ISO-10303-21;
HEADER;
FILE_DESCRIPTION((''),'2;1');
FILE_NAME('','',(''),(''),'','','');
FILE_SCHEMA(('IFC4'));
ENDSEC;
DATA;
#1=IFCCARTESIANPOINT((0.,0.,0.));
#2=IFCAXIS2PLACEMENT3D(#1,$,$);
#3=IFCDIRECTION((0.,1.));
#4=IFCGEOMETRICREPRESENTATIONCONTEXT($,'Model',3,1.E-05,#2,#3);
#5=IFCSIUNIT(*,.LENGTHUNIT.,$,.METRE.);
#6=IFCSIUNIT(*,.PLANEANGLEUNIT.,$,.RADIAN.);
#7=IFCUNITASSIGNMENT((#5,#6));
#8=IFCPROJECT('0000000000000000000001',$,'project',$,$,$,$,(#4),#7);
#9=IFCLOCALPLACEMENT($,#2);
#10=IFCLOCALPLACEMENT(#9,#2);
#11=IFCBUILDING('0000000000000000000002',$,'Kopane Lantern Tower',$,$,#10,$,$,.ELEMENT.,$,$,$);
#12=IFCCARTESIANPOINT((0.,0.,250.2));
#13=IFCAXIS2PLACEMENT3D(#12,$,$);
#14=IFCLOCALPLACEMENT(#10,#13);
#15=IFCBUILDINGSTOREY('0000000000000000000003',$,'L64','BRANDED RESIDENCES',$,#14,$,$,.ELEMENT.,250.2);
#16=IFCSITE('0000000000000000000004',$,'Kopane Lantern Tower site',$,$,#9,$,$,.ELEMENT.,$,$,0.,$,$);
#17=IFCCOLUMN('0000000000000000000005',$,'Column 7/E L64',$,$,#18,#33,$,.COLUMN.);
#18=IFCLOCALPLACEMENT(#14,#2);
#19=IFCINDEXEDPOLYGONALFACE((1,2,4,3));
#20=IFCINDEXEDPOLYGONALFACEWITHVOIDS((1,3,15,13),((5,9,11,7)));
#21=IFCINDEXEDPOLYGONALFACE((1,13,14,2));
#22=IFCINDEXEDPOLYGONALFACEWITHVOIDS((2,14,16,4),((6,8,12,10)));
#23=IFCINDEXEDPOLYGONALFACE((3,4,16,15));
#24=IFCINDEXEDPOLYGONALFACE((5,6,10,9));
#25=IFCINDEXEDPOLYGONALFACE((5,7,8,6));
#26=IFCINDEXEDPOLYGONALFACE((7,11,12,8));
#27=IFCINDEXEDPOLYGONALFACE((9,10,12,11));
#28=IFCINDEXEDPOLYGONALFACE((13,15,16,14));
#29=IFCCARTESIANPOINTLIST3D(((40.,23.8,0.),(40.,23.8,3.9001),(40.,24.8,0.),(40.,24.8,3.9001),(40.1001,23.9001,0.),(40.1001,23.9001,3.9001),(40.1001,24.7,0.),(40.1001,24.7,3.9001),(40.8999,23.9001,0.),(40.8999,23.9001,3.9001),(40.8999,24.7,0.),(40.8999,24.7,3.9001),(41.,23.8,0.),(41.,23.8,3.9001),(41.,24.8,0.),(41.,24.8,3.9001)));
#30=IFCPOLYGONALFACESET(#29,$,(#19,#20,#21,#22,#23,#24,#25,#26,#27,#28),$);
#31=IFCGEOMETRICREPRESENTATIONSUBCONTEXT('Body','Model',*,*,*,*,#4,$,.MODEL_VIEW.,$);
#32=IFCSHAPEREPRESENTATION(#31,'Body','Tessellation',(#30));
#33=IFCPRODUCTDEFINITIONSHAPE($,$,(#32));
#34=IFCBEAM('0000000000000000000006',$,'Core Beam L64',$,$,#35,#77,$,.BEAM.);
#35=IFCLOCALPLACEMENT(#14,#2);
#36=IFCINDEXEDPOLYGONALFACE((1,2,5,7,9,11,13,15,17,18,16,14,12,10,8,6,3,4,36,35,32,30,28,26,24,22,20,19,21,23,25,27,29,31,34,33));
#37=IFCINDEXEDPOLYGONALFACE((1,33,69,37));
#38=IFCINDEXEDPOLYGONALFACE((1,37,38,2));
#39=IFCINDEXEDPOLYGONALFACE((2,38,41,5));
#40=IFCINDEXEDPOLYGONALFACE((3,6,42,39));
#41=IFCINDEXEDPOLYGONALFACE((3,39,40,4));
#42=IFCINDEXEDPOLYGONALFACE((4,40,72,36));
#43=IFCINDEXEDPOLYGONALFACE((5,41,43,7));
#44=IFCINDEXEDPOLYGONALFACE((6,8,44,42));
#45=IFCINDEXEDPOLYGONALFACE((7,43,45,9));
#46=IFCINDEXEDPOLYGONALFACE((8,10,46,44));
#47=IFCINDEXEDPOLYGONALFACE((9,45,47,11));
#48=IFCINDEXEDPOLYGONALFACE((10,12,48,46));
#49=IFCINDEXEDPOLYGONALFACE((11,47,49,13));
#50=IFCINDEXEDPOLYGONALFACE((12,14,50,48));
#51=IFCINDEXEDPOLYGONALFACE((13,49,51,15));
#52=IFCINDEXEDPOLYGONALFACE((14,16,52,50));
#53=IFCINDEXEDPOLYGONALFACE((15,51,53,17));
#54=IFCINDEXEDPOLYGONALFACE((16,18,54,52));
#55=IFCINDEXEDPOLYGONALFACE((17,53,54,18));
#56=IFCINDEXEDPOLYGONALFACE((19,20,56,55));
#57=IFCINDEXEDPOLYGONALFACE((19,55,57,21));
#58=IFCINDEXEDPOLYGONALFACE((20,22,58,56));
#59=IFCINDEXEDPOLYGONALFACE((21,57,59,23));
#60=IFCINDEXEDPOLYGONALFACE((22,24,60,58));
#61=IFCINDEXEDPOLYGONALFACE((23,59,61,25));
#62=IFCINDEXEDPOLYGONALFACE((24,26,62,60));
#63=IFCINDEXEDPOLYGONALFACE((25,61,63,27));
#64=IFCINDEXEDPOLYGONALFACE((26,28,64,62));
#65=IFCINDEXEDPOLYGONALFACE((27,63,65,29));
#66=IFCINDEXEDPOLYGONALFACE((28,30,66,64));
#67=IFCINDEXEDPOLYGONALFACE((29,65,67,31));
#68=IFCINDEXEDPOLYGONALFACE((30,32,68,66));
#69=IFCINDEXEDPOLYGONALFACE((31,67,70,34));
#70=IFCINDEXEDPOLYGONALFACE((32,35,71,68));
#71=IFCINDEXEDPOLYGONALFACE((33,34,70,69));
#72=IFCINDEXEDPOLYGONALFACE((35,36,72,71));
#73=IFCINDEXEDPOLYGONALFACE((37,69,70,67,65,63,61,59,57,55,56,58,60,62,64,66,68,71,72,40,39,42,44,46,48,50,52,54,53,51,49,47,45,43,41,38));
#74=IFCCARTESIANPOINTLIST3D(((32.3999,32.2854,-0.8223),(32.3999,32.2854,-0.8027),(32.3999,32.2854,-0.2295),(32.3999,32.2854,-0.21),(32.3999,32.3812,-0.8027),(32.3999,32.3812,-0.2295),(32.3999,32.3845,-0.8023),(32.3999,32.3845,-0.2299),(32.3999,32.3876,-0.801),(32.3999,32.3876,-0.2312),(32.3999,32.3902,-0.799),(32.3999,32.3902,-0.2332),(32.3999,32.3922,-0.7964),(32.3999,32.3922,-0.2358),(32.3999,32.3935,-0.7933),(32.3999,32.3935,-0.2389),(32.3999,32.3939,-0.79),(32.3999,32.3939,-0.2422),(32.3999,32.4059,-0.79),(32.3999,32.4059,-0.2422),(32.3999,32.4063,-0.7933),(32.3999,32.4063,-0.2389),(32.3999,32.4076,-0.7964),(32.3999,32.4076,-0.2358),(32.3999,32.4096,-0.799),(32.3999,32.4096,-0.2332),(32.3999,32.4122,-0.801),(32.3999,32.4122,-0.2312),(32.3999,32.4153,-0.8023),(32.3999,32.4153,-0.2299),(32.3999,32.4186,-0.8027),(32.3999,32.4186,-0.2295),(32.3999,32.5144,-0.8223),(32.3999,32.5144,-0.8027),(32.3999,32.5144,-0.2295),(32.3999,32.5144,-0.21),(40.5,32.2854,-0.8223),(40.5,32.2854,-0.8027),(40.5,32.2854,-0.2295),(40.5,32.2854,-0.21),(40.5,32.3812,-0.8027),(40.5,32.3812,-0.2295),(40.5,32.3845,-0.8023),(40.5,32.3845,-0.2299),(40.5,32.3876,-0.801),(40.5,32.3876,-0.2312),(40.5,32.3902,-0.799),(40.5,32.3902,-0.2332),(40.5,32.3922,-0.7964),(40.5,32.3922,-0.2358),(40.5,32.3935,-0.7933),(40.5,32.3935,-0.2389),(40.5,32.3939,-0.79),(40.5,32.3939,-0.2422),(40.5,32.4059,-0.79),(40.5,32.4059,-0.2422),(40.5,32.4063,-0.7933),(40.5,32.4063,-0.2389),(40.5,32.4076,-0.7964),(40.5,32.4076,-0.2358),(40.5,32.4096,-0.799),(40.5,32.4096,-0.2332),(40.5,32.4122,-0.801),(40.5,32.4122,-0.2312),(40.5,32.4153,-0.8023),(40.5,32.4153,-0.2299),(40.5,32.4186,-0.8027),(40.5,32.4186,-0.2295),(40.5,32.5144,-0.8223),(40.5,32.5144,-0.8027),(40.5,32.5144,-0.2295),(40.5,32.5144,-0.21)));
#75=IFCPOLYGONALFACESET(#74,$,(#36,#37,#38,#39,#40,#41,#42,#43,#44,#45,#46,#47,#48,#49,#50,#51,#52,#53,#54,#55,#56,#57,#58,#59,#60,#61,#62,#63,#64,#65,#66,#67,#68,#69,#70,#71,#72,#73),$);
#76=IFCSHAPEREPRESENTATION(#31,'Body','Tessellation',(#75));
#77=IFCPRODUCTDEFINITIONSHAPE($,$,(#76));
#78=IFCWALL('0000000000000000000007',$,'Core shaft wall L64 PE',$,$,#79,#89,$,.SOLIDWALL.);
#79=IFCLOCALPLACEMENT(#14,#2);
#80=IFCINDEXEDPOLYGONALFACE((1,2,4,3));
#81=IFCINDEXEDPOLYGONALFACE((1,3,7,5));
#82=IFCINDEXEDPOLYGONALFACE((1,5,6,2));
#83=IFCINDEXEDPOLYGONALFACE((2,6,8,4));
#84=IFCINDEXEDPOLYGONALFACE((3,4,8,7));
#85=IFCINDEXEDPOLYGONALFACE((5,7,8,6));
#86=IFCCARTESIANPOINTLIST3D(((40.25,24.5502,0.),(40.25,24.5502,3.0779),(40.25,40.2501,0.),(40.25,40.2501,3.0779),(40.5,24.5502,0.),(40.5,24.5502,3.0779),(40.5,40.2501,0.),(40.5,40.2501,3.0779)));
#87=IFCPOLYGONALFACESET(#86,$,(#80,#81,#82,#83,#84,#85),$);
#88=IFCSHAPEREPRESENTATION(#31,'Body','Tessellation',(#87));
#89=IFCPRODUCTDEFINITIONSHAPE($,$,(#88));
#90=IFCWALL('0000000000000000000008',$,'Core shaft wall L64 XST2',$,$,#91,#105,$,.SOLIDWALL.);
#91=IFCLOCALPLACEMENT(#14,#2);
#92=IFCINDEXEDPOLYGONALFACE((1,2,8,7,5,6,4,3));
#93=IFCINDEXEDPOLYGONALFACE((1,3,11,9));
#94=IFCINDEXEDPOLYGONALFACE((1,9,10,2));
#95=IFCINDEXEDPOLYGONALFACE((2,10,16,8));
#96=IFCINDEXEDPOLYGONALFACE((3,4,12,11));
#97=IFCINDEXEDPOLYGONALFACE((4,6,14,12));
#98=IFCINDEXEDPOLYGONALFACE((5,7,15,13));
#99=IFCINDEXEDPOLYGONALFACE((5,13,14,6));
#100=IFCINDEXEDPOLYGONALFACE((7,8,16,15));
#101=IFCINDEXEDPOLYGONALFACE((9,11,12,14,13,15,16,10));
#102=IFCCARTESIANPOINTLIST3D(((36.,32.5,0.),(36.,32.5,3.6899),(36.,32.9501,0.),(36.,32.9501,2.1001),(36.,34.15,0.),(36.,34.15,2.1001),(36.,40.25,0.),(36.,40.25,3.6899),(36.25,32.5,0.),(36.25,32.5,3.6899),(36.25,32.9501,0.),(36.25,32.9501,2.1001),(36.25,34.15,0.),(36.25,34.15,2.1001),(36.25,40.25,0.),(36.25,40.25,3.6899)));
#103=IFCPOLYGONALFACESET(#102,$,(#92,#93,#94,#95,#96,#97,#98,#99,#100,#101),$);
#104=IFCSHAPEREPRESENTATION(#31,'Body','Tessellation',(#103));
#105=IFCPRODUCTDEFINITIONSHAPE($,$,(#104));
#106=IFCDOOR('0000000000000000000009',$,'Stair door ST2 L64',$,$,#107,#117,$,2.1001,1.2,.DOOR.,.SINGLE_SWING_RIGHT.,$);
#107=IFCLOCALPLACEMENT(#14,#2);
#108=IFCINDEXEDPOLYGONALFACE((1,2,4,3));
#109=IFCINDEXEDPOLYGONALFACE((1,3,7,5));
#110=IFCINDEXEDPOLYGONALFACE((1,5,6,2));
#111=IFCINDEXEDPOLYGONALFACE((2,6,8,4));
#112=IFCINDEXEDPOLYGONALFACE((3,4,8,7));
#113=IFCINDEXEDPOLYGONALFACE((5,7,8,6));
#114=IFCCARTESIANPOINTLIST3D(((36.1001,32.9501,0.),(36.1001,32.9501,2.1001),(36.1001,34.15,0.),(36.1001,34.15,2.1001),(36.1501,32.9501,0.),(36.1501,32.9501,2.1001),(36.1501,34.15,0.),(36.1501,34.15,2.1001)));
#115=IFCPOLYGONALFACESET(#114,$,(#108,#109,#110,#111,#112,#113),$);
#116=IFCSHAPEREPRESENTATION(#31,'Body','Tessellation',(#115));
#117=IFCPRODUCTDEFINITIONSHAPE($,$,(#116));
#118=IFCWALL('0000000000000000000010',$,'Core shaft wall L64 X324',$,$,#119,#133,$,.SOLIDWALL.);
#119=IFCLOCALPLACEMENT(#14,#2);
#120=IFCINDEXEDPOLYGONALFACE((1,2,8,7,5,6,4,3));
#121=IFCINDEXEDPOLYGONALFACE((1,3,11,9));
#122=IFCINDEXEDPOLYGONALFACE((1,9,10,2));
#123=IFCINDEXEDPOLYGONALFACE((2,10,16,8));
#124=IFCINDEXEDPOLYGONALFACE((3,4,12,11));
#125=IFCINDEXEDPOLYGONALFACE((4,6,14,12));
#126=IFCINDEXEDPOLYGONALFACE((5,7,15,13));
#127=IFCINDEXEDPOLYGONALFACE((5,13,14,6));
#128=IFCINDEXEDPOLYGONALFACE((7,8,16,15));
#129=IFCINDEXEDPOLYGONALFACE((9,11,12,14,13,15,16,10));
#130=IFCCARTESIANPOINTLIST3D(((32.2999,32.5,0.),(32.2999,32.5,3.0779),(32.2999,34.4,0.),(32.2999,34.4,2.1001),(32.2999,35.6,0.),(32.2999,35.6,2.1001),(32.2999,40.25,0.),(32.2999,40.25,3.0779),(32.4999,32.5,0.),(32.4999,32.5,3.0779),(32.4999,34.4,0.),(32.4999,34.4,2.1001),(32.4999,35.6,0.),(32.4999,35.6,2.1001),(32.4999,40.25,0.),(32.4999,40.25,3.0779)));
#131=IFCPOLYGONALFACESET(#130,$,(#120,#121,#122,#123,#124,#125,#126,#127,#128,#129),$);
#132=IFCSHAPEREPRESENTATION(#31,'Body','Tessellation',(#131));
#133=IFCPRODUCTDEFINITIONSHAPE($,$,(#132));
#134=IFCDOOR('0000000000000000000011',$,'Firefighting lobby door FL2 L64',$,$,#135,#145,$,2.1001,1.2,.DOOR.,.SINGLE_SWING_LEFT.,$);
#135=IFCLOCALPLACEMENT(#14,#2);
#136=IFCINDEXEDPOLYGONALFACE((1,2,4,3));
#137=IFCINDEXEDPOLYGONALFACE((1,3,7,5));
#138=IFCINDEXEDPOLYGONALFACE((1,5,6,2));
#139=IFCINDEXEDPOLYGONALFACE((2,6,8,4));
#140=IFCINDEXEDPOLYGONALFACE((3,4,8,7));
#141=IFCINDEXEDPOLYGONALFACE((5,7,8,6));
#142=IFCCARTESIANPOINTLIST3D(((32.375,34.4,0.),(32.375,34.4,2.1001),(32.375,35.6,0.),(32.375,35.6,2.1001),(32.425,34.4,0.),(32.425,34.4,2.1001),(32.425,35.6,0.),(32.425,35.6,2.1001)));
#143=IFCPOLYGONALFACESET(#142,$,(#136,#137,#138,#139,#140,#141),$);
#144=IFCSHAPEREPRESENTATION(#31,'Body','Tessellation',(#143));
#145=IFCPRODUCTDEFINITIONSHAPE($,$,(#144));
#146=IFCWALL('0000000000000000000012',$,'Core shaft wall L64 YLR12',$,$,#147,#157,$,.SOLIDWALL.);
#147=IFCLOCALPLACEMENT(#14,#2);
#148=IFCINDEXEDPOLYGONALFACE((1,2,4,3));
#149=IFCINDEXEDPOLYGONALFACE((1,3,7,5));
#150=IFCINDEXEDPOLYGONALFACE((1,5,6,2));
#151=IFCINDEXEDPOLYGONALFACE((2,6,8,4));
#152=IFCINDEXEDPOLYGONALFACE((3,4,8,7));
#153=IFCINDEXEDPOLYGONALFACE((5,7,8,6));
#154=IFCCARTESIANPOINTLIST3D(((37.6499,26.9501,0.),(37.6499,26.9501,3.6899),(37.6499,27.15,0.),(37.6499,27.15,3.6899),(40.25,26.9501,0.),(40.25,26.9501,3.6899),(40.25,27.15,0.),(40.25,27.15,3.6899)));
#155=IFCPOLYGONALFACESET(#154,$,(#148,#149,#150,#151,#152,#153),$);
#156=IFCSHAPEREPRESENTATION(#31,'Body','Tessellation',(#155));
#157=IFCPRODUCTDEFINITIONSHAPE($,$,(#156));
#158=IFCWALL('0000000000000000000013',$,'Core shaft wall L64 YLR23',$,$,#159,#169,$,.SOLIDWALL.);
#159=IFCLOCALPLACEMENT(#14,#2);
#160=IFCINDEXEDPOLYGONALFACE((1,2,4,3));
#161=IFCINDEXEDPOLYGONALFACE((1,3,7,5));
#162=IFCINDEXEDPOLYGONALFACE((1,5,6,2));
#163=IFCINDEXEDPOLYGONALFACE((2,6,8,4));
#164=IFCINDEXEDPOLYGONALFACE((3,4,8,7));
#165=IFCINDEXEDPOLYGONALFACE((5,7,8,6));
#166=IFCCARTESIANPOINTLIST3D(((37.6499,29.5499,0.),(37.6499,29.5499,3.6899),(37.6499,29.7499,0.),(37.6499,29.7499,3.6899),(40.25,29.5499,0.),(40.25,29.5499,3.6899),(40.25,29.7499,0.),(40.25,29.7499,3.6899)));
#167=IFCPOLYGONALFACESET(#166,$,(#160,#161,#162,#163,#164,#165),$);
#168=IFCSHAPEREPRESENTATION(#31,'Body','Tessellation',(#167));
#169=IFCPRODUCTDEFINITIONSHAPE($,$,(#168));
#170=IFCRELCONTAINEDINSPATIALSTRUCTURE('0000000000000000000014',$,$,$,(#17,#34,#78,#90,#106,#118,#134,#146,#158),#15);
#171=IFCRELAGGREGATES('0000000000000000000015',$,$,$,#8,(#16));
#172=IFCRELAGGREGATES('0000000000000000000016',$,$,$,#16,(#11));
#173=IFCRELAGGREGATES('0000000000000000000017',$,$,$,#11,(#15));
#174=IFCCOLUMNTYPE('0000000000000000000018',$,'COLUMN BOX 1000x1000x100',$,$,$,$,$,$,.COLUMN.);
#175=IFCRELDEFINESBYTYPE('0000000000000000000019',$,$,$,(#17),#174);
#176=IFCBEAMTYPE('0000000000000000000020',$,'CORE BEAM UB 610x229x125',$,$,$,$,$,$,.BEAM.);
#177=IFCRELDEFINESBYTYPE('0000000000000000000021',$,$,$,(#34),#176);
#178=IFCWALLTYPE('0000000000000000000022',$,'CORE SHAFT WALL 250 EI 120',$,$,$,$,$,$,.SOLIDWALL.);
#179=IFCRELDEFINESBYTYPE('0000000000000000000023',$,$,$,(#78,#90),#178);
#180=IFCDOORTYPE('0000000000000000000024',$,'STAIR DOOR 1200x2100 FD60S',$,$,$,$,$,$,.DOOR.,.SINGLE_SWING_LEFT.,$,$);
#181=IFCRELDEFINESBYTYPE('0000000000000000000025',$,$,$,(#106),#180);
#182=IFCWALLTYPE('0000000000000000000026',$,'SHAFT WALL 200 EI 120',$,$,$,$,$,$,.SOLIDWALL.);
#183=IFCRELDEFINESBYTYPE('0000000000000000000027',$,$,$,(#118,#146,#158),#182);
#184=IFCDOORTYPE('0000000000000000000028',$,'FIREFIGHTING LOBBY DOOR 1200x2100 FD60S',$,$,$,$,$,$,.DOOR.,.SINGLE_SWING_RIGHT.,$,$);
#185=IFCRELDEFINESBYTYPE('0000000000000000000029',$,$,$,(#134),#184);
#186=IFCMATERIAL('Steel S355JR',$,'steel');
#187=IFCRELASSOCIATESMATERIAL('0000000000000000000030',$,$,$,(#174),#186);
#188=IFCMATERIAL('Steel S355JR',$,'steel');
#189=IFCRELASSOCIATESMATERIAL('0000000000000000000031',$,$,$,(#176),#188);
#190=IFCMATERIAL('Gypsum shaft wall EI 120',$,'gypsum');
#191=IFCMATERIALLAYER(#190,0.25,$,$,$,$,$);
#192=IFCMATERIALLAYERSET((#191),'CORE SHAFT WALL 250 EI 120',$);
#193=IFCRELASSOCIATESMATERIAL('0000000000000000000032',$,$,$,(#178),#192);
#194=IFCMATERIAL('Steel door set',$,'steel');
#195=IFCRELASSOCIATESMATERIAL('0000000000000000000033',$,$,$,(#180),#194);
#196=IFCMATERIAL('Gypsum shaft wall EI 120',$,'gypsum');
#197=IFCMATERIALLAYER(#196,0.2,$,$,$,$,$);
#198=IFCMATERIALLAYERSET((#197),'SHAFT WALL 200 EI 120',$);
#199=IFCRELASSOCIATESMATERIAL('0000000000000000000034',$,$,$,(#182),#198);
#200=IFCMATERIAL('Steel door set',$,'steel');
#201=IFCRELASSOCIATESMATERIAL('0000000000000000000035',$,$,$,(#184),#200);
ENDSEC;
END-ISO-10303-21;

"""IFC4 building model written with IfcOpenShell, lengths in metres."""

from ifc_helpers import new_model, si_unit, direction, frame, frame_2d, origin, origin_2d, place, context, subcontext, project, spatial, rectangle, hollow_rectangle, i_section, extrude, material, layer, layer_set, material_profile, profile_set, type_object, element, fill, save


model = new_model("IFC4")

# Units and contexts
model_context = context("Model", 3, precision=1e-05, world=origin(), true_north=direction((0.0, 1.0)))
body_context = subcontext(model_context, "Body", "Model", "MODEL_VIEW")
ifc_project = project(units=[si_unit("LENGTHUNIT", "METRE"), si_unit("PLANEANGLEUNIT", "RADIAN")], contexts=[model_context])

# Site, building, storey
site_placement = place(None, origin())
site = spatial("IfcSite", under=ifc_project, at=site_placement, Name="Kopane Lantern Tower site", CompositionType="ELEMENT", RefElevation=0.0)
building_placement = place(site_placement, origin())
building = spatial("IfcBuilding", under=site, at=building_placement, Name="Kopane Lantern Tower", CompositionType="ELEMENT")
storey_placement = place(building_placement, frame((0.0, 0.0, 250.2)))
storey = spatial("IfcBuildingStorey", under=building, at=storey_placement, Name="L64", Description="BRANDED RESIDENCES", CompositionType="ELEMENT", Elevation=250.2)

# Column
ifc_material_1 = material(Name="Steel S355JR", Category="steel")
ifc_material_profile_1 = material_profile(ifc_material_1, hollow_rectangle(XDim=1.0, YDim=1.0, WallThickness=0.1001, at=origin_2d()), Name="BOX 1000x1000x100")
ifc_profile_set_1 = profile_set([ifc_material_profile_1], Name="Steel S355JR")
column_type = type_object("IfcColumnType", Name="COLUMN BOX 1000x1000x100", PredefinedType="COLUMN", material=ifc_profile_set_1)
column_placement = place(storey_placement, frame((40.5, 24.3, 0.0), z_axis=(0.0, 0.0, 1.0), x_axis=(1.0, 0.0, 0.0)))
element("IfcColumn", 1, at=column_placement, inside=storey, type_object=column_type, Name="Column 7/E L64", PredefinedType="COLUMN", context=body_context, shape_type="SweptSolid", body=[
    extrude(hollow_rectangle(XDim=1.0, YDim=1.0, WallThickness=0.1001, at=origin_2d()), origin(), (0.0, 0.0, 1.0), 3.9001),
])

# Beam
ifc_material_2 = material(Name="Steel S355JR", Category="steel")
ifc_material_profile_2 = material_profile(ifc_material_2, i_section(OverallWidth=0.229, OverallDepth=0.6123, WebThickness=0.012, FlangeThickness=0.0195, FilletRadius=0.0127, at=origin_2d()), Name="UB 610x229x125")
ifc_profile_set_2 = profile_set([ifc_material_profile_2], Name="Steel S355JR")
beam_type = type_object("IfcBeamType", Name="CORE BEAM UB 610x229x125", PredefinedType="BEAM", material=ifc_profile_set_2)
beam_placement = place(storey_placement, frame((32.3999, 32.3999, -0.5161), z_axis=(1.0, 0.0, 0.0), x_axis=(0.0, 1.0, 0.0)))
element("IfcBeam", 2, at=beam_placement, inside=storey, type_object=beam_type, Name="Core Beam L64", PredefinedType="BEAM", context=body_context, shape_type="SweptSolid", body=[
    extrude(i_section(OverallWidth=0.229, OverallDepth=0.6123, WebThickness=0.012, FlangeThickness=0.0195, FilletRadius=0.0127, at=origin_2d()), origin(), (0.0, 0.0, 1.0), 8.1001),
])

# Wall
ifc_material_3 = material(Name="Gypsum shaft wall EI 120", Category="gypsum")
ifc_layer_1 = layer(ifc_material_3, 0.25)
ifc_layer_set_1 = layer_set([ifc_layer_1], Name="CORE SHAFT WALL 250 EI 120")
wall_type_1 = type_object("IfcWallType", Name="CORE SHAFT WALL 250 EI 120", PredefinedType="SOLIDWALL", material=ifc_layer_set_1)
wall_1_placement = place(storey_placement, frame((40.375, 24.55, 0.0), z_axis=(0.0, 0.0, 1.0), x_axis=(0.0, 1.0, 0.0)))
element("IfcWall", 3, at=wall_1_placement, inside=storey, type_object=wall_type_1, Name="Core shaft wall L64 PE", PredefinedType="SOLIDWALL", context=body_context, shape_type="SweptSolid", body=[
    extrude(rectangle(XDim=15.7, YDim=0.25, at=frame_2d((7.8501, 0.0))), origin(), (0.0, 0.0, 1.0), 3.0779),
])

# Walls, openings, doors
wall_2_placement = place(storey_placement, frame((36.125, 32.5, 0.0), z_axis=(0.0, 0.0, 1.0), x_axis=(0.0, 1.0, 0.0)))
wall_2 = element("IfcWall", 4, at=wall_2_placement, inside=storey, type_object=wall_type_1, Name="Core shaft wall L64 XST2", PredefinedType="SOLIDWALL", context=body_context, shape_type="SweptSolid", body=[
    extrude(rectangle(XDim=7.75, YDim=0.25, at=frame_2d((3.875, 0.0))), origin(), (0.0, 0.0, 1.0), 3.6899),
])
opening_1_placement = place(wall_2_placement, frame((0.45, 0.0, 0.0)))
opening_1 = element("IfcOpeningElement", 5, at=opening_1_placement, cuts=wall_2, PredefinedType="OPENING", context=body_context, shape_type="SweptSolid", body=[
    extrude(rectangle(XDim=1.2, YDim=2.1001, at=frame_2d((0.6001, 1.05))), frame((0.0, 0.135, 0.0), z_axis=(0.0, -1.0, 0.0), x_axis=(1.0, 0.0, 0.0)), (0.0, 0.0, 1.0), 0.27),
])
ifc_material_4 = material(Name="Steel door set", Category="steel")
door_type_1 = type_object("IfcDoorType", Name="STAIR DOOR 1200x2100 FD60S", OperationType="SINGLE_SWING_LEFT", PredefinedType="DOOR", material=ifc_material_4)
door_1_placement = place(opening_1_placement, origin())
door_1 = element("IfcDoor", 6, at=door_1_placement, inside=storey, type_object=door_type_1, Name="Stair door ST2 L64", OperationType="SINGLE_SWING_RIGHT", OverallHeight=2.1001, OverallWidth=1.2, PredefinedType="DOOR", context=body_context, shape_type="SweptSolid", body=[
    extrude(rectangle(XDim=1.2, YDim=2.1001, at=frame_2d((0.6001, 1.05))), frame((0.0, 0.0249, 0.0), z_axis=(0.0, -1.0, 0.0), x_axis=(1.0, 0.0, 0.0)), (0.0, 0.0, 1.0), 0.05),
])
fill(opening_1, door_1)
ifc_material_5 = material(Name="Gypsum shaft wall EI 120", Category="gypsum")
ifc_layer_2 = layer(ifc_material_5, 0.2)
ifc_layer_set_2 = layer_set([ifc_layer_2], Name="SHAFT WALL 200 EI 120")
wall_type_2 = type_object("IfcWallType", Name="SHAFT WALL 200 EI 120", PredefinedType="SOLIDWALL", material=ifc_layer_set_2)
wall_3_placement = place(storey_placement, frame((32.3999, 32.5, 0.0), z_axis=(0.0, 0.0, 1.0), x_axis=(0.0, 1.0, 0.0)))
wall_3 = element("IfcWall", 7, at=wall_3_placement, inside=storey, type_object=wall_type_2, Name="Core shaft wall L64 X324", PredefinedType="SOLIDWALL", context=body_context, shape_type="SweptSolid", body=[
    extrude(rectangle(XDim=7.75, YDim=0.2, at=frame_2d((3.875, 0.0))), origin(), (0.0, 0.0, 1.0), 3.0779),
])
opening_2_placement = place(wall_3_placement, frame((1.8999, 0.0, 0.0)))
opening_2 = element("IfcOpeningElement", 8, at=opening_2_placement, cuts=wall_3, PredefinedType="OPENING", context=body_context, shape_type="SweptSolid", body=[
    extrude(rectangle(XDim=1.2, YDim=2.1001, at=frame_2d((0.6001, 1.05))), frame((0.0, 0.1099, 0.0), z_axis=(0.0, -1.0, 0.0), x_axis=(1.0, 0.0, 0.0)), (0.0, 0.0, 1.0), 0.22),
])
ifc_material_6 = material(Name="Steel door set", Category="steel")
door_type_2 = type_object("IfcDoorType", Name="FIREFIGHTING LOBBY DOOR 1200x2100 FD60S", OperationType="SINGLE_SWING_RIGHT", PredefinedType="DOOR", material=ifc_material_6)
door_2_placement = place(opening_2_placement, origin())
door_2 = element("IfcDoor", 9, at=door_2_placement, inside=storey, type_object=door_type_2, Name="Firefighting lobby door FL2 L64", OperationType="SINGLE_SWING_LEFT", OverallHeight=2.1001, OverallWidth=1.2, PredefinedType="DOOR", context=body_context, shape_type="SweptSolid", body=[
    extrude(rectangle(XDim=1.2, YDim=2.1001, at=frame_2d((0.6001, 1.05))), frame((0.0, 0.0249, 0.0), z_axis=(0.0, -1.0, 0.0), x_axis=(1.0, 0.0, 0.0)), (0.0, 0.0, 1.0), 0.05),
])
fill(opening_2, door_2)

# Walls
for number, where, z_axis, x_axis, name in (
    (10, (37.6499, 27.05, 0.0), (0.0, 0.0, 1.0), (1.0, 0.0, 0.0), "Core shaft wall L64 YLR12"),
    (11, (37.6499, 29.6499, 0.0), (0.0, 0.0, 1.0), (1.0, 0.0, 0.0), "Core shaft wall L64 YLR23"),
):
    element("IfcWall", number, at=place(storey_placement, frame(where, z_axis=z_axis, x_axis=x_axis)), inside=storey, type_object=wall_type_2, Name=name, PredefinedType="SOLIDWALL", context=body_context, shape_type="SweptSolid", body=[
        extrude(rectangle(XDim=2.6001, YDim=0.2, at=frame_2d((1.3, 0.0))), origin(), (0.0, 0.0, 1.0), 3.6899),
    ])

save(model, "model.ifc")
